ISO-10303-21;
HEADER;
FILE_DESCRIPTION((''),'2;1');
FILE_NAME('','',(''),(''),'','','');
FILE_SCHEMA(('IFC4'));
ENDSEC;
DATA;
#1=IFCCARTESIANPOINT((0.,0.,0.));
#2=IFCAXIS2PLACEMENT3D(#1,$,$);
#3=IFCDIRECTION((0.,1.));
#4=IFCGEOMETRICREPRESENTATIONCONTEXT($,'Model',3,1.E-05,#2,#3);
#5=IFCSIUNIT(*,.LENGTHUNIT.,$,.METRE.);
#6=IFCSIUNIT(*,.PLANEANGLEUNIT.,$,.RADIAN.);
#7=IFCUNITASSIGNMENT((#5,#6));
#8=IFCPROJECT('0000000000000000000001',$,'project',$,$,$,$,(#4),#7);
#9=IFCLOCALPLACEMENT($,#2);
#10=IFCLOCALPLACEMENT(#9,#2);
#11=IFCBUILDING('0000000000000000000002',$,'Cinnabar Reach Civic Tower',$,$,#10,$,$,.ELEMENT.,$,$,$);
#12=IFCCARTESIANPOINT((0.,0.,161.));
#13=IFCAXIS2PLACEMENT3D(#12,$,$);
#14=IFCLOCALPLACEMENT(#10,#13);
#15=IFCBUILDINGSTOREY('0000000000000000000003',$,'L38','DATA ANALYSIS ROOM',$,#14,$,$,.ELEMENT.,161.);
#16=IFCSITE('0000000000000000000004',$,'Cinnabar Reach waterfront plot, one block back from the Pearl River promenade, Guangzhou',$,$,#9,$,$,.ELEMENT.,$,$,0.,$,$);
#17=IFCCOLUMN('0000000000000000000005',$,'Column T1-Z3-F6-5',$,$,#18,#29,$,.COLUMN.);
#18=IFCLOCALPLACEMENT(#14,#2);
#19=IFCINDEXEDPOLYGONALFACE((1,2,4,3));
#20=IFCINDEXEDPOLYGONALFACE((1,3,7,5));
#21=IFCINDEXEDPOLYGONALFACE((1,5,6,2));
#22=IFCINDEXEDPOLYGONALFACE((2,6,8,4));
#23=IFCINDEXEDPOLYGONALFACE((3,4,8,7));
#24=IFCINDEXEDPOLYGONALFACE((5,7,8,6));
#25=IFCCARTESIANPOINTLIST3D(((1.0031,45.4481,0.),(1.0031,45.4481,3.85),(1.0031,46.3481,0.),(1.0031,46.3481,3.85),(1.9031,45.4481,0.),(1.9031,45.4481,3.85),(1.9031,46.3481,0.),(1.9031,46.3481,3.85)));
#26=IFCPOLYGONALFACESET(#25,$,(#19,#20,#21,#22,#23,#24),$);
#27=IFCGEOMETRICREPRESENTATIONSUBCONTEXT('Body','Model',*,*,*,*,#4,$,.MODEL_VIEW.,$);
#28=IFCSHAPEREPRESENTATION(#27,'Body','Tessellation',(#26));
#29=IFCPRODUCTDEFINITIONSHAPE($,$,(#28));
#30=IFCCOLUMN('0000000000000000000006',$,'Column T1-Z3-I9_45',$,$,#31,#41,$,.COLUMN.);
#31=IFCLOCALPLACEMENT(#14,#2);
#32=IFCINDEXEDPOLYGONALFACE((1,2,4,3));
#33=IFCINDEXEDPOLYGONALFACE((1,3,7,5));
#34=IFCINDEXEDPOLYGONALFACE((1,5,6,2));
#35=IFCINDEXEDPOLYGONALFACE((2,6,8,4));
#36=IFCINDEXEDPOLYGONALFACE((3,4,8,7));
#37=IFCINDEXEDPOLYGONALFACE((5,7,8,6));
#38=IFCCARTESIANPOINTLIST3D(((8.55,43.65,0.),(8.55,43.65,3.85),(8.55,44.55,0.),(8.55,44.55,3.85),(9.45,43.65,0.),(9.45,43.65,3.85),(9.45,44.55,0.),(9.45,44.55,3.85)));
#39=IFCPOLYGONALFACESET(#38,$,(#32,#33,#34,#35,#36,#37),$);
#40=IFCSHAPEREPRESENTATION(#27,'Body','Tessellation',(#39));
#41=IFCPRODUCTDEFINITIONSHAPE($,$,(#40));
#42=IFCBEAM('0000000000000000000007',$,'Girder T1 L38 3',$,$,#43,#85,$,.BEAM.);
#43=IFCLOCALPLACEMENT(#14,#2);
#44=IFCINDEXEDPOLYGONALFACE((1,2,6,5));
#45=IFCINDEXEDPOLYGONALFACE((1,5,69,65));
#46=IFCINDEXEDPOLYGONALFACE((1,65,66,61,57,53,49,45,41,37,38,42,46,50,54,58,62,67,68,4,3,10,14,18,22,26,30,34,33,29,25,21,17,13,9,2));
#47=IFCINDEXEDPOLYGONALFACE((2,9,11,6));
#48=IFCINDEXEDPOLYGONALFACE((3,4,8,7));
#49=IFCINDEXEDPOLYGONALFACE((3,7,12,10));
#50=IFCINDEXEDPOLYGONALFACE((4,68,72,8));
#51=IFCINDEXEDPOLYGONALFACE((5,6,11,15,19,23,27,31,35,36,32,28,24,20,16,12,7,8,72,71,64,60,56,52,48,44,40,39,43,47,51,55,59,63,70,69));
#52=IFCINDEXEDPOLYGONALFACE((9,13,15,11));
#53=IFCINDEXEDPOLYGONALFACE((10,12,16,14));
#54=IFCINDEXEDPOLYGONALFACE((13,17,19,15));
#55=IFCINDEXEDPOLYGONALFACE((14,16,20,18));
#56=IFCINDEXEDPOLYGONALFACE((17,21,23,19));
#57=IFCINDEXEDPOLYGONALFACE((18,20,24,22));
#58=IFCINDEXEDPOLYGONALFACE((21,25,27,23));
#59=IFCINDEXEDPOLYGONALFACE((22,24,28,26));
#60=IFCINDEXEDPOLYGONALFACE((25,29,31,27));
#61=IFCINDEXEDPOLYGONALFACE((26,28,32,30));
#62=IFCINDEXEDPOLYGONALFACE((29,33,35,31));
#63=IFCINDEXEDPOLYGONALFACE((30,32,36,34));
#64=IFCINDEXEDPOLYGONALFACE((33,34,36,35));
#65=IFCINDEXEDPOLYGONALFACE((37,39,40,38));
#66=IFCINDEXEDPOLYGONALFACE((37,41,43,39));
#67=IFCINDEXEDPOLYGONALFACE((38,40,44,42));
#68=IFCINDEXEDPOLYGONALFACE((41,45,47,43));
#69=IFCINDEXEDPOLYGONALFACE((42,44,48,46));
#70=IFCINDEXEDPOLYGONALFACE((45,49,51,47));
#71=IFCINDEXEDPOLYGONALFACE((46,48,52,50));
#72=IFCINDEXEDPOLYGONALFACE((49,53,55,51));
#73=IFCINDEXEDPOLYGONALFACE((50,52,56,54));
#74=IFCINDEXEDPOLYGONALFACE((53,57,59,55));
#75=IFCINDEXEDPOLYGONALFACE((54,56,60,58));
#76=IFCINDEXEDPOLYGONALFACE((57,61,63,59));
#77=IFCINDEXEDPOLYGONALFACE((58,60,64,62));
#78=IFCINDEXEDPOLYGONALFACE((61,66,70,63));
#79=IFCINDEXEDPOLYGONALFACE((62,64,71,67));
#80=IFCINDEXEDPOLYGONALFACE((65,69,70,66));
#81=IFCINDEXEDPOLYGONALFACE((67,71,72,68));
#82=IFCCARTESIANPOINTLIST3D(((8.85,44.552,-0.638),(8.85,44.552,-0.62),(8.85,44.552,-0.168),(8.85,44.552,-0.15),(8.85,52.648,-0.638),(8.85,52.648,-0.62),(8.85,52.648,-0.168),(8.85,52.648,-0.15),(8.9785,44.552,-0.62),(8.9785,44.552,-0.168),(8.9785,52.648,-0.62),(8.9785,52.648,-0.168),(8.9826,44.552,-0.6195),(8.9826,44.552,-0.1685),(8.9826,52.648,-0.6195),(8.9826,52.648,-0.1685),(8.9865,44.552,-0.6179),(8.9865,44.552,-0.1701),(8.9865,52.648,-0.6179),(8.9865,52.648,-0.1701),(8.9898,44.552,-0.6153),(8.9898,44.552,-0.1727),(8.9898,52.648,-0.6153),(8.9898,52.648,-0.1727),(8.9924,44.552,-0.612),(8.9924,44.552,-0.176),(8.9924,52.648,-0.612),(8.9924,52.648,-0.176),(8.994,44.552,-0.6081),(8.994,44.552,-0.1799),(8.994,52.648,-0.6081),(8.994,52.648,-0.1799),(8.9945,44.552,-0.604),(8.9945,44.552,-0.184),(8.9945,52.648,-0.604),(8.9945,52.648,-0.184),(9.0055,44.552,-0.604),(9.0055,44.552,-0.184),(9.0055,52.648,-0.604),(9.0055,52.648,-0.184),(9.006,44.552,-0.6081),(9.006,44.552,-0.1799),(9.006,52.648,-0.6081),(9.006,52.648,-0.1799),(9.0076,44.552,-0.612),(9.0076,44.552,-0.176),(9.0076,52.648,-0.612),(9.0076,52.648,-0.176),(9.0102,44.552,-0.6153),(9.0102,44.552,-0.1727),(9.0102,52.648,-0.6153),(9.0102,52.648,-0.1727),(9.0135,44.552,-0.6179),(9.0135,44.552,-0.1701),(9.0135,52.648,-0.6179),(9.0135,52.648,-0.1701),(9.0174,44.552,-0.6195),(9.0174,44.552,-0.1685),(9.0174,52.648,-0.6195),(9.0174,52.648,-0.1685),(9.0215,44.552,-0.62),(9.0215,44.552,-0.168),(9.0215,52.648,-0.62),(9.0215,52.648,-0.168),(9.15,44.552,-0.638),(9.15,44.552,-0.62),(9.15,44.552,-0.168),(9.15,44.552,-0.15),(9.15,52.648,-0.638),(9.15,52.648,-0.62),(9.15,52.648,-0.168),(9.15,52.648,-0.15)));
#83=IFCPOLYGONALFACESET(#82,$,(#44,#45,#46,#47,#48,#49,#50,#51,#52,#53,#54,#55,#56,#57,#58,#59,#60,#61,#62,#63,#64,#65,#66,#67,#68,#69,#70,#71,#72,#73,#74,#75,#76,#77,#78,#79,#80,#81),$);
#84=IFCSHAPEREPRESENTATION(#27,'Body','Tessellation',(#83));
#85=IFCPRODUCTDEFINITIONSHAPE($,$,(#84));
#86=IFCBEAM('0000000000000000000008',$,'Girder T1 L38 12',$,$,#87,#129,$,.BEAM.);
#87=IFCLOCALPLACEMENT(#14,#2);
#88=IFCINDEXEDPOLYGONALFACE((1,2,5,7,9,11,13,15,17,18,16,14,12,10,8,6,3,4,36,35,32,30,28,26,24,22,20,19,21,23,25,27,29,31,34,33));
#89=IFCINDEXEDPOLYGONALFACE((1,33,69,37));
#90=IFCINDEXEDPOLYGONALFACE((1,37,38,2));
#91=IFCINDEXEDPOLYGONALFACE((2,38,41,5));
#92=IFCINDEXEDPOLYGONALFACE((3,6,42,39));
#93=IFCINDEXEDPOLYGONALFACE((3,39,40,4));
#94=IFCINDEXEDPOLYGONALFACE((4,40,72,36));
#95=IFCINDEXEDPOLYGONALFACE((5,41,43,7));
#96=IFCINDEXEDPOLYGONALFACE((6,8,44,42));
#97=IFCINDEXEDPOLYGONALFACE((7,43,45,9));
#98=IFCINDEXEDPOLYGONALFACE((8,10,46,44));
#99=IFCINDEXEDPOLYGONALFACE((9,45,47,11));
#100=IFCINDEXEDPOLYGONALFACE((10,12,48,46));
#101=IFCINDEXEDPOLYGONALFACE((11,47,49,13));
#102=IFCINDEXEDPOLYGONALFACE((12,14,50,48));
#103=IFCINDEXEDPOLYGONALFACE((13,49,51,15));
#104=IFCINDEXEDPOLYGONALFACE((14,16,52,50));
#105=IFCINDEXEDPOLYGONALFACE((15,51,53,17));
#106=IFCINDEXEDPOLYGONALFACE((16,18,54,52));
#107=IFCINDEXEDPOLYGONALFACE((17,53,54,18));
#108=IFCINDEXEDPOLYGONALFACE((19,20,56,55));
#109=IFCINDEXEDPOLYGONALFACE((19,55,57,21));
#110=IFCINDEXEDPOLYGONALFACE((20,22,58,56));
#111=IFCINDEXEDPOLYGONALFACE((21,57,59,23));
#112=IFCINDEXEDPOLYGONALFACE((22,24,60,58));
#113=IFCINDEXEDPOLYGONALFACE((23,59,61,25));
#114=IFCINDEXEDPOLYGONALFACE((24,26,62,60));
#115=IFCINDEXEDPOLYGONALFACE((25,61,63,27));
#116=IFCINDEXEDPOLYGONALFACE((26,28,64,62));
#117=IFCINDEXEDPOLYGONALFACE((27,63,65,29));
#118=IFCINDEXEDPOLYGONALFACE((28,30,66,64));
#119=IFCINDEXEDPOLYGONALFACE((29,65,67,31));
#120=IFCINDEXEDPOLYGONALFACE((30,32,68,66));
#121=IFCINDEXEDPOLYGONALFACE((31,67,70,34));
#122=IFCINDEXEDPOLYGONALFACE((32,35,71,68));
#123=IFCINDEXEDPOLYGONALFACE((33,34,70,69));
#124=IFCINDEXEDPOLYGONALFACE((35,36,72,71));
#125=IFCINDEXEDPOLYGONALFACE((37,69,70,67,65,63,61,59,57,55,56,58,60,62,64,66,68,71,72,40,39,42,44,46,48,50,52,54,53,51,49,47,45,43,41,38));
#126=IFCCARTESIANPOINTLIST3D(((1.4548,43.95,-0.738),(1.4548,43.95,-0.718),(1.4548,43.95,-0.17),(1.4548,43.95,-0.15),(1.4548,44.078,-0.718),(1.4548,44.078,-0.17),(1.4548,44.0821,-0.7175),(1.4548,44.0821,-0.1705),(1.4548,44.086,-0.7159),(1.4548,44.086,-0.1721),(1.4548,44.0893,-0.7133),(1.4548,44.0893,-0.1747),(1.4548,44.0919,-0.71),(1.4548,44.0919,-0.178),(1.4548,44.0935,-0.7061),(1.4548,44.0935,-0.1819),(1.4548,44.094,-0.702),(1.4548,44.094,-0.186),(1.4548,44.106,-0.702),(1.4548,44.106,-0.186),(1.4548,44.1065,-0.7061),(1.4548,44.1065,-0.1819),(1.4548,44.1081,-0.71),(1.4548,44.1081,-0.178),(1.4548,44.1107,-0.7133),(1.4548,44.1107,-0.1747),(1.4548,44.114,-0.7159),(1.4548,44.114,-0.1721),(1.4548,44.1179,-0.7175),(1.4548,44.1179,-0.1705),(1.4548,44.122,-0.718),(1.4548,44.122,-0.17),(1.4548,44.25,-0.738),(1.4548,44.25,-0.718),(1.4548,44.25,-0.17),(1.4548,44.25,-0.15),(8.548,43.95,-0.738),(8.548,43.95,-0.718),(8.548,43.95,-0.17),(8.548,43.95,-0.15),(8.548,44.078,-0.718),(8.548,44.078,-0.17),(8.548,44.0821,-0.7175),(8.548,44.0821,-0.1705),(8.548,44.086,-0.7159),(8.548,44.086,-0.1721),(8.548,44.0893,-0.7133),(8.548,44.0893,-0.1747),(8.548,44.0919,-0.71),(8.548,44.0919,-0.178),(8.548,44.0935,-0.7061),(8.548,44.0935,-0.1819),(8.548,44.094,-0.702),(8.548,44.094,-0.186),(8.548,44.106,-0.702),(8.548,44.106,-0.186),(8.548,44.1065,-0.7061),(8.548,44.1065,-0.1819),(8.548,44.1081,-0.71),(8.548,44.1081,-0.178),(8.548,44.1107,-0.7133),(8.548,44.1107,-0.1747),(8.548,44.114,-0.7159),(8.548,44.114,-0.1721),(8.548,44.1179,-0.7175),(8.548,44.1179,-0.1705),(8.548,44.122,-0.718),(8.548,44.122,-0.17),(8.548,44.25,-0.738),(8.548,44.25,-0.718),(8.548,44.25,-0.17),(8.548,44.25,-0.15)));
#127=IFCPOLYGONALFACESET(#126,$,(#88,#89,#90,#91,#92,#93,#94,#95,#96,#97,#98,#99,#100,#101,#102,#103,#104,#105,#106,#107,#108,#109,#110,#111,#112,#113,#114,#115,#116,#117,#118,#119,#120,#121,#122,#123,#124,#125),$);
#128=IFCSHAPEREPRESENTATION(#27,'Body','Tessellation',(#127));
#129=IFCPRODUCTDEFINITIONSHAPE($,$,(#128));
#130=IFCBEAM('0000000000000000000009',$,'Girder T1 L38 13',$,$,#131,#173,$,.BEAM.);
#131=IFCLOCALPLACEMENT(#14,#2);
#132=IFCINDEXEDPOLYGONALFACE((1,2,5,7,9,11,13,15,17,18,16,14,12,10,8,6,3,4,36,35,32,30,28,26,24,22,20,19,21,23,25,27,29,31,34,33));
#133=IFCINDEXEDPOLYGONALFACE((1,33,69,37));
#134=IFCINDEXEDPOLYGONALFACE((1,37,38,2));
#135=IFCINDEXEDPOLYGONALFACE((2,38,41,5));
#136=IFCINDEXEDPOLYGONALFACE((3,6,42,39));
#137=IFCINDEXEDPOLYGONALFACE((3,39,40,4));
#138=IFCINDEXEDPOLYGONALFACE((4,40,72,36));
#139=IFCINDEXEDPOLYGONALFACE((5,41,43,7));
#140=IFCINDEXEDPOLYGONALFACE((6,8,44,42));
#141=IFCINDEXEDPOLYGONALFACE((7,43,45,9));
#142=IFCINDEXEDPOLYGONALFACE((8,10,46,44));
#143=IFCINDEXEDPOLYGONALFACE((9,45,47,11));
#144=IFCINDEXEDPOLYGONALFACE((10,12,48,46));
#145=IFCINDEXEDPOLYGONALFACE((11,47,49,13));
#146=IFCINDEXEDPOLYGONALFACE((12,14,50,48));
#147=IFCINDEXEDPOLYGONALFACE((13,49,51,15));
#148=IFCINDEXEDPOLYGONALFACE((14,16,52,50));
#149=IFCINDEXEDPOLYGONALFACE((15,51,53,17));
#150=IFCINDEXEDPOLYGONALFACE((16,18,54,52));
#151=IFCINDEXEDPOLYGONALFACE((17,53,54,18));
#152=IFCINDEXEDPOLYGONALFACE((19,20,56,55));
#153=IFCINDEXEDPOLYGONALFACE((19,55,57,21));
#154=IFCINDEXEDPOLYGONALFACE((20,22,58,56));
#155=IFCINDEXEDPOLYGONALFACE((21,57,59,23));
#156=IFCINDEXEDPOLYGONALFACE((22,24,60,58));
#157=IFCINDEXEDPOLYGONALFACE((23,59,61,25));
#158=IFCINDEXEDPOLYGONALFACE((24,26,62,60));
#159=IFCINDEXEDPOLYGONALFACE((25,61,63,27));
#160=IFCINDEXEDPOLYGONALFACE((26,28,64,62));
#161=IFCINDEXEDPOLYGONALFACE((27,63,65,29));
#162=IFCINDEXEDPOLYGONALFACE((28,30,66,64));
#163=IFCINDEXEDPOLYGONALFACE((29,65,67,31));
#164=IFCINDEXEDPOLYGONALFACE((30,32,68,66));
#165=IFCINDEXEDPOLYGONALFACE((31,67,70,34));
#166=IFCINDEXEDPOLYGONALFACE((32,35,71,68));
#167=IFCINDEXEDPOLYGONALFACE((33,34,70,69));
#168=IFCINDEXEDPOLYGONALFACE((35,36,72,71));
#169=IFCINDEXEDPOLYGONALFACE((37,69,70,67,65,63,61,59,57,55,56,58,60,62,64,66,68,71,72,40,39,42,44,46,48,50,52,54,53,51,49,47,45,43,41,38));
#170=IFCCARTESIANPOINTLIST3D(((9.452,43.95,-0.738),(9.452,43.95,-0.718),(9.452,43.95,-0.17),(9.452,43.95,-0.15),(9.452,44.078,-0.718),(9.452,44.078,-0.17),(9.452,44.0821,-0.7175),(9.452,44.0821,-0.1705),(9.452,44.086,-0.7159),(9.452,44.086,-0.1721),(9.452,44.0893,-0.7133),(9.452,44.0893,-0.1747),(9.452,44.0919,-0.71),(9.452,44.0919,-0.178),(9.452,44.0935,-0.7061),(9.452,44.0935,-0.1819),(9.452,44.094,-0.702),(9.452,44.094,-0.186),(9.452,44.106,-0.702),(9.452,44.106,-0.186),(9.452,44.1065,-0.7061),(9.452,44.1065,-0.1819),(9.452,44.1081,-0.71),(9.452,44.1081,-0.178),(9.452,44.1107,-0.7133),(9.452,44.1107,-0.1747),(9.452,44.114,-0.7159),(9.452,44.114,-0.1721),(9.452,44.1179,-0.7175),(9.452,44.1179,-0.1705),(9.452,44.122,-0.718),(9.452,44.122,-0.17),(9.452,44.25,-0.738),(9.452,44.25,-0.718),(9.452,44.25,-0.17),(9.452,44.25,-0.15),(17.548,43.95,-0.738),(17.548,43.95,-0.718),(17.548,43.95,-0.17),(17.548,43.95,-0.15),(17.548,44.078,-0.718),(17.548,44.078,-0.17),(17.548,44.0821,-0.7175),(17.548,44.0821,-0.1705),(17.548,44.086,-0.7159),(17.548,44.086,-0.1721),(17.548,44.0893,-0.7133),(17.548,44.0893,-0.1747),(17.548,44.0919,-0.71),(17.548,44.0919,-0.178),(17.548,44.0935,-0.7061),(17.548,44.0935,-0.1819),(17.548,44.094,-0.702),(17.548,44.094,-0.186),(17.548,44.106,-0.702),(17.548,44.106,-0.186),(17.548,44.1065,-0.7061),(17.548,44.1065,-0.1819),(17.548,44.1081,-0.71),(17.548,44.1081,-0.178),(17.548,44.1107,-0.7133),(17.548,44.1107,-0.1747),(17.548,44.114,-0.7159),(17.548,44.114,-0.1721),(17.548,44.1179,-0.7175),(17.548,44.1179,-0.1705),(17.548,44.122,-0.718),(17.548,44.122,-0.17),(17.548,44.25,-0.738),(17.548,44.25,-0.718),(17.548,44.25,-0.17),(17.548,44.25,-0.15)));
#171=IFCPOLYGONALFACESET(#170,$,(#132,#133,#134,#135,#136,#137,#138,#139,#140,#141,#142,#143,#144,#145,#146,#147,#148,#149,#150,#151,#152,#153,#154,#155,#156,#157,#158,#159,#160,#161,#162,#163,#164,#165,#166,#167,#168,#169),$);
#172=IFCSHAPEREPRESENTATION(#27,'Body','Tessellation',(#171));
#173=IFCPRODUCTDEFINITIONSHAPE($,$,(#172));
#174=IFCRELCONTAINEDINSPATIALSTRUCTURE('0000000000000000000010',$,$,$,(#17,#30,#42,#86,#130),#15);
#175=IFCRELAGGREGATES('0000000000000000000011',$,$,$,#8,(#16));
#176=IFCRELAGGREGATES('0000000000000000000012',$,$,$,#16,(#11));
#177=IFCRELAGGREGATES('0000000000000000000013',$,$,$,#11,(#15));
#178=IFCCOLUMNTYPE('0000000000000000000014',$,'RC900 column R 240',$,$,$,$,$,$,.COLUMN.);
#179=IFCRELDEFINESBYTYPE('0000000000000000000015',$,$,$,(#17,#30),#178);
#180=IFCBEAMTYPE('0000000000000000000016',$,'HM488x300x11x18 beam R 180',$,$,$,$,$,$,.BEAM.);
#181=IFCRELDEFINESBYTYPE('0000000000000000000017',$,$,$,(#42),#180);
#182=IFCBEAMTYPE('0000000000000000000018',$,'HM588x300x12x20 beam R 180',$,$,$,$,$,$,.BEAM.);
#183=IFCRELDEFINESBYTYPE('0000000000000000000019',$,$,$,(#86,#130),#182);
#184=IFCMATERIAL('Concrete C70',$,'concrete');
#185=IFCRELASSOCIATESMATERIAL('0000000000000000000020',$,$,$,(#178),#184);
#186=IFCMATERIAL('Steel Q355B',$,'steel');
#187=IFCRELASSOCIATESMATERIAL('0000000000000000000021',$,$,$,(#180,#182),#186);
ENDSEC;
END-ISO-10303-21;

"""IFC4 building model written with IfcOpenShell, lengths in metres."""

from ifc_helpers import new_model, si_unit, direction, frame, origin, origin_2d, place, context, subcontext, project, spatial, rectangle, i_section, extrude, material, material_profile, profile_set, type_object, element, save


model = new_model("IFC4")

# Units and contexts
model_context = context("Model", 3, precision=1e-05, world=origin(), true_north=direction((0.0, 1.0)))
body_context = subcontext(model_context, "Body", "Model", "MODEL_VIEW")
ifc_project = project(units=[si_unit("LENGTHUNIT", "METRE"), si_unit("PLANEANGLEUNIT", "RADIAN")], contexts=[model_context])

# Site, building, storey
site_placement = place(None, origin())
site = spatial("IfcSite", under=ifc_project, at=site_placement, Name="Cinnabar Reach waterfront plot, one block back from the Pearl River promenade, Guangzhou", CompositionType="ELEMENT", RefElevation=0.0)
building_placement = place(site_placement, origin())
building = spatial("IfcBuilding", under=site, at=building_placement, Name="Cinnabar Reach Civic Tower", CompositionType="ELEMENT")
storey_placement = place(building_placement, frame((0.0, 0.0, 161.0)))
storey = spatial("IfcBuildingStorey", under=building, at=storey_placement, Name="L38", Description="DATA ANALYSIS ROOM", CompositionType="ELEMENT", Elevation=161.0)

# Columns
ifc_material_1 = material(Name="Concrete C70", Category="concrete")
ifc_material_profile_1 = material_profile(ifc_material_1, rectangle(XDim=0.9, YDim=0.9, at=origin_2d()), Name="RC900")
ifc_profile_set_1 = profile_set([ifc_material_profile_1], Name="Concrete C70")
column_type = type_object("IfcColumnType", Name="RC900 column R 240", PredefinedType="COLUMN", material=ifc_profile_set_1)
for number, where, z_axis, x_axis, name in (
    (1, (1.4531, 45.8981, 0.0), (0.0, 0.0, 1.0), (1.0, 0.0, 0.0), "Column T1-Z3-F6-5"),
    (2, (9.0, 44.1, 0.0), (0.0, 0.0, 1.0), (1.0, 0.0, 0.0), "Column T1-Z3-I9_45"),
):
    element("IfcColumn", number, at=place(storey_placement, frame(where, z_axis=z_axis, x_axis=x_axis)), inside=storey, type_object=column_type, Name=name, PredefinedType="COLUMN", context=body_context, shape_type="SweptSolid", body=[
        extrude(rectangle(XDim=0.9, YDim=0.9, at=origin_2d()), origin(), (0.0, 0.0, 1.0), 3.85),
    ])

# Beams
ifc_material_2 = material(Name="Steel Q355B", Category="steel")
ifc_material_profile_2 = material_profile(ifc_material_2, i_section(OverallWidth=0.3, OverallDepth=0.488, WebThickness=0.011, FlangeThickness=0.018, FilletRadius=0.016, at=origin_2d()), Name="HM488x300x11x18")
ifc_profile_set_2 = profile_set([ifc_material_profile_2], Name="Steel Q355B")
beam_type_1 = type_object("IfcBeamType", Name="HM488x300x11x18 beam R 180", PredefinedType="BEAM", material=ifc_profile_set_2)
beam_1_placement = place(storey_placement, frame((9.0, 44.552, -0.394), z_axis=(0.0, 1.0, 0.0), x_axis=(-1.0, 0.0, 0.0)))
element("IfcBeam", 3, at=beam_1_placement, inside=storey, type_object=beam_type_1, Name="Girder T1 L38 3", PredefinedType="BEAM", context=body_context, shape_type="SweptSolid", body=[
    extrude(i_section(OverallWidth=0.3, OverallDepth=0.488, WebThickness=0.011, FlangeThickness=0.018, FilletRadius=0.016, at=origin_2d()), origin(), (0.0, 0.0, 1.0), 8.096),
])
ifc_material_profile_3 = material_profile(ifc_material_2, i_section(OverallWidth=0.3, OverallDepth=0.588, WebThickness=0.012, FlangeThickness=0.02, FilletRadius=0.016, at=origin_2d()), Name="HM588x300x12x20")
ifc_profile_set_3 = profile_set([ifc_material_profile_3], Name="Steel Q355B")
beam_type_2 = type_object("IfcBeamType", Name="HM588x300x12x20 beam R 180", PredefinedType="BEAM", material=ifc_profile_set_3)
beam_2_placement = place(storey_placement, frame((1.4548, 44.1, -0.444), z_axis=(1.0, 0.0, 0.0), x_axis=(0.0, 1.0, 0.0)))
element("IfcBeam", 4, at=beam_2_placement, inside=storey, type_object=beam_type_2, Name="Girder T1 L38 12", PredefinedType="BEAM", context=body_context, shape_type="SweptSolid", body=[
    extrude(i_section(OverallWidth=0.3, OverallDepth=0.588, WebThickness=0.012, FlangeThickness=0.02, FilletRadius=0.016, at=origin_2d()), origin(), (0.0, 0.0, 1.0), 7.0932),
])
beam_3_placement = place(storey_placement, frame((9.452, 44.1, -0.444), z_axis=(1.0, 0.0, 0.0), x_axis=(0.0, 1.0, 0.0)))
element("IfcBeam", 5, at=beam_3_placement, inside=storey, type_object=beam_type_2, Name="Girder T1 L38 13", PredefinedType="BEAM", context=body_context, shape_type="SweptSolid", body=[
    extrude(i_section(OverallWidth=0.3, OverallDepth=0.588, WebThickness=0.012, FlangeThickness=0.02, FilletRadius=0.016, at=origin_2d()), origin(), (0.0, 0.0, 1.0), 8.096),
])

save(model, "model.ifc")
